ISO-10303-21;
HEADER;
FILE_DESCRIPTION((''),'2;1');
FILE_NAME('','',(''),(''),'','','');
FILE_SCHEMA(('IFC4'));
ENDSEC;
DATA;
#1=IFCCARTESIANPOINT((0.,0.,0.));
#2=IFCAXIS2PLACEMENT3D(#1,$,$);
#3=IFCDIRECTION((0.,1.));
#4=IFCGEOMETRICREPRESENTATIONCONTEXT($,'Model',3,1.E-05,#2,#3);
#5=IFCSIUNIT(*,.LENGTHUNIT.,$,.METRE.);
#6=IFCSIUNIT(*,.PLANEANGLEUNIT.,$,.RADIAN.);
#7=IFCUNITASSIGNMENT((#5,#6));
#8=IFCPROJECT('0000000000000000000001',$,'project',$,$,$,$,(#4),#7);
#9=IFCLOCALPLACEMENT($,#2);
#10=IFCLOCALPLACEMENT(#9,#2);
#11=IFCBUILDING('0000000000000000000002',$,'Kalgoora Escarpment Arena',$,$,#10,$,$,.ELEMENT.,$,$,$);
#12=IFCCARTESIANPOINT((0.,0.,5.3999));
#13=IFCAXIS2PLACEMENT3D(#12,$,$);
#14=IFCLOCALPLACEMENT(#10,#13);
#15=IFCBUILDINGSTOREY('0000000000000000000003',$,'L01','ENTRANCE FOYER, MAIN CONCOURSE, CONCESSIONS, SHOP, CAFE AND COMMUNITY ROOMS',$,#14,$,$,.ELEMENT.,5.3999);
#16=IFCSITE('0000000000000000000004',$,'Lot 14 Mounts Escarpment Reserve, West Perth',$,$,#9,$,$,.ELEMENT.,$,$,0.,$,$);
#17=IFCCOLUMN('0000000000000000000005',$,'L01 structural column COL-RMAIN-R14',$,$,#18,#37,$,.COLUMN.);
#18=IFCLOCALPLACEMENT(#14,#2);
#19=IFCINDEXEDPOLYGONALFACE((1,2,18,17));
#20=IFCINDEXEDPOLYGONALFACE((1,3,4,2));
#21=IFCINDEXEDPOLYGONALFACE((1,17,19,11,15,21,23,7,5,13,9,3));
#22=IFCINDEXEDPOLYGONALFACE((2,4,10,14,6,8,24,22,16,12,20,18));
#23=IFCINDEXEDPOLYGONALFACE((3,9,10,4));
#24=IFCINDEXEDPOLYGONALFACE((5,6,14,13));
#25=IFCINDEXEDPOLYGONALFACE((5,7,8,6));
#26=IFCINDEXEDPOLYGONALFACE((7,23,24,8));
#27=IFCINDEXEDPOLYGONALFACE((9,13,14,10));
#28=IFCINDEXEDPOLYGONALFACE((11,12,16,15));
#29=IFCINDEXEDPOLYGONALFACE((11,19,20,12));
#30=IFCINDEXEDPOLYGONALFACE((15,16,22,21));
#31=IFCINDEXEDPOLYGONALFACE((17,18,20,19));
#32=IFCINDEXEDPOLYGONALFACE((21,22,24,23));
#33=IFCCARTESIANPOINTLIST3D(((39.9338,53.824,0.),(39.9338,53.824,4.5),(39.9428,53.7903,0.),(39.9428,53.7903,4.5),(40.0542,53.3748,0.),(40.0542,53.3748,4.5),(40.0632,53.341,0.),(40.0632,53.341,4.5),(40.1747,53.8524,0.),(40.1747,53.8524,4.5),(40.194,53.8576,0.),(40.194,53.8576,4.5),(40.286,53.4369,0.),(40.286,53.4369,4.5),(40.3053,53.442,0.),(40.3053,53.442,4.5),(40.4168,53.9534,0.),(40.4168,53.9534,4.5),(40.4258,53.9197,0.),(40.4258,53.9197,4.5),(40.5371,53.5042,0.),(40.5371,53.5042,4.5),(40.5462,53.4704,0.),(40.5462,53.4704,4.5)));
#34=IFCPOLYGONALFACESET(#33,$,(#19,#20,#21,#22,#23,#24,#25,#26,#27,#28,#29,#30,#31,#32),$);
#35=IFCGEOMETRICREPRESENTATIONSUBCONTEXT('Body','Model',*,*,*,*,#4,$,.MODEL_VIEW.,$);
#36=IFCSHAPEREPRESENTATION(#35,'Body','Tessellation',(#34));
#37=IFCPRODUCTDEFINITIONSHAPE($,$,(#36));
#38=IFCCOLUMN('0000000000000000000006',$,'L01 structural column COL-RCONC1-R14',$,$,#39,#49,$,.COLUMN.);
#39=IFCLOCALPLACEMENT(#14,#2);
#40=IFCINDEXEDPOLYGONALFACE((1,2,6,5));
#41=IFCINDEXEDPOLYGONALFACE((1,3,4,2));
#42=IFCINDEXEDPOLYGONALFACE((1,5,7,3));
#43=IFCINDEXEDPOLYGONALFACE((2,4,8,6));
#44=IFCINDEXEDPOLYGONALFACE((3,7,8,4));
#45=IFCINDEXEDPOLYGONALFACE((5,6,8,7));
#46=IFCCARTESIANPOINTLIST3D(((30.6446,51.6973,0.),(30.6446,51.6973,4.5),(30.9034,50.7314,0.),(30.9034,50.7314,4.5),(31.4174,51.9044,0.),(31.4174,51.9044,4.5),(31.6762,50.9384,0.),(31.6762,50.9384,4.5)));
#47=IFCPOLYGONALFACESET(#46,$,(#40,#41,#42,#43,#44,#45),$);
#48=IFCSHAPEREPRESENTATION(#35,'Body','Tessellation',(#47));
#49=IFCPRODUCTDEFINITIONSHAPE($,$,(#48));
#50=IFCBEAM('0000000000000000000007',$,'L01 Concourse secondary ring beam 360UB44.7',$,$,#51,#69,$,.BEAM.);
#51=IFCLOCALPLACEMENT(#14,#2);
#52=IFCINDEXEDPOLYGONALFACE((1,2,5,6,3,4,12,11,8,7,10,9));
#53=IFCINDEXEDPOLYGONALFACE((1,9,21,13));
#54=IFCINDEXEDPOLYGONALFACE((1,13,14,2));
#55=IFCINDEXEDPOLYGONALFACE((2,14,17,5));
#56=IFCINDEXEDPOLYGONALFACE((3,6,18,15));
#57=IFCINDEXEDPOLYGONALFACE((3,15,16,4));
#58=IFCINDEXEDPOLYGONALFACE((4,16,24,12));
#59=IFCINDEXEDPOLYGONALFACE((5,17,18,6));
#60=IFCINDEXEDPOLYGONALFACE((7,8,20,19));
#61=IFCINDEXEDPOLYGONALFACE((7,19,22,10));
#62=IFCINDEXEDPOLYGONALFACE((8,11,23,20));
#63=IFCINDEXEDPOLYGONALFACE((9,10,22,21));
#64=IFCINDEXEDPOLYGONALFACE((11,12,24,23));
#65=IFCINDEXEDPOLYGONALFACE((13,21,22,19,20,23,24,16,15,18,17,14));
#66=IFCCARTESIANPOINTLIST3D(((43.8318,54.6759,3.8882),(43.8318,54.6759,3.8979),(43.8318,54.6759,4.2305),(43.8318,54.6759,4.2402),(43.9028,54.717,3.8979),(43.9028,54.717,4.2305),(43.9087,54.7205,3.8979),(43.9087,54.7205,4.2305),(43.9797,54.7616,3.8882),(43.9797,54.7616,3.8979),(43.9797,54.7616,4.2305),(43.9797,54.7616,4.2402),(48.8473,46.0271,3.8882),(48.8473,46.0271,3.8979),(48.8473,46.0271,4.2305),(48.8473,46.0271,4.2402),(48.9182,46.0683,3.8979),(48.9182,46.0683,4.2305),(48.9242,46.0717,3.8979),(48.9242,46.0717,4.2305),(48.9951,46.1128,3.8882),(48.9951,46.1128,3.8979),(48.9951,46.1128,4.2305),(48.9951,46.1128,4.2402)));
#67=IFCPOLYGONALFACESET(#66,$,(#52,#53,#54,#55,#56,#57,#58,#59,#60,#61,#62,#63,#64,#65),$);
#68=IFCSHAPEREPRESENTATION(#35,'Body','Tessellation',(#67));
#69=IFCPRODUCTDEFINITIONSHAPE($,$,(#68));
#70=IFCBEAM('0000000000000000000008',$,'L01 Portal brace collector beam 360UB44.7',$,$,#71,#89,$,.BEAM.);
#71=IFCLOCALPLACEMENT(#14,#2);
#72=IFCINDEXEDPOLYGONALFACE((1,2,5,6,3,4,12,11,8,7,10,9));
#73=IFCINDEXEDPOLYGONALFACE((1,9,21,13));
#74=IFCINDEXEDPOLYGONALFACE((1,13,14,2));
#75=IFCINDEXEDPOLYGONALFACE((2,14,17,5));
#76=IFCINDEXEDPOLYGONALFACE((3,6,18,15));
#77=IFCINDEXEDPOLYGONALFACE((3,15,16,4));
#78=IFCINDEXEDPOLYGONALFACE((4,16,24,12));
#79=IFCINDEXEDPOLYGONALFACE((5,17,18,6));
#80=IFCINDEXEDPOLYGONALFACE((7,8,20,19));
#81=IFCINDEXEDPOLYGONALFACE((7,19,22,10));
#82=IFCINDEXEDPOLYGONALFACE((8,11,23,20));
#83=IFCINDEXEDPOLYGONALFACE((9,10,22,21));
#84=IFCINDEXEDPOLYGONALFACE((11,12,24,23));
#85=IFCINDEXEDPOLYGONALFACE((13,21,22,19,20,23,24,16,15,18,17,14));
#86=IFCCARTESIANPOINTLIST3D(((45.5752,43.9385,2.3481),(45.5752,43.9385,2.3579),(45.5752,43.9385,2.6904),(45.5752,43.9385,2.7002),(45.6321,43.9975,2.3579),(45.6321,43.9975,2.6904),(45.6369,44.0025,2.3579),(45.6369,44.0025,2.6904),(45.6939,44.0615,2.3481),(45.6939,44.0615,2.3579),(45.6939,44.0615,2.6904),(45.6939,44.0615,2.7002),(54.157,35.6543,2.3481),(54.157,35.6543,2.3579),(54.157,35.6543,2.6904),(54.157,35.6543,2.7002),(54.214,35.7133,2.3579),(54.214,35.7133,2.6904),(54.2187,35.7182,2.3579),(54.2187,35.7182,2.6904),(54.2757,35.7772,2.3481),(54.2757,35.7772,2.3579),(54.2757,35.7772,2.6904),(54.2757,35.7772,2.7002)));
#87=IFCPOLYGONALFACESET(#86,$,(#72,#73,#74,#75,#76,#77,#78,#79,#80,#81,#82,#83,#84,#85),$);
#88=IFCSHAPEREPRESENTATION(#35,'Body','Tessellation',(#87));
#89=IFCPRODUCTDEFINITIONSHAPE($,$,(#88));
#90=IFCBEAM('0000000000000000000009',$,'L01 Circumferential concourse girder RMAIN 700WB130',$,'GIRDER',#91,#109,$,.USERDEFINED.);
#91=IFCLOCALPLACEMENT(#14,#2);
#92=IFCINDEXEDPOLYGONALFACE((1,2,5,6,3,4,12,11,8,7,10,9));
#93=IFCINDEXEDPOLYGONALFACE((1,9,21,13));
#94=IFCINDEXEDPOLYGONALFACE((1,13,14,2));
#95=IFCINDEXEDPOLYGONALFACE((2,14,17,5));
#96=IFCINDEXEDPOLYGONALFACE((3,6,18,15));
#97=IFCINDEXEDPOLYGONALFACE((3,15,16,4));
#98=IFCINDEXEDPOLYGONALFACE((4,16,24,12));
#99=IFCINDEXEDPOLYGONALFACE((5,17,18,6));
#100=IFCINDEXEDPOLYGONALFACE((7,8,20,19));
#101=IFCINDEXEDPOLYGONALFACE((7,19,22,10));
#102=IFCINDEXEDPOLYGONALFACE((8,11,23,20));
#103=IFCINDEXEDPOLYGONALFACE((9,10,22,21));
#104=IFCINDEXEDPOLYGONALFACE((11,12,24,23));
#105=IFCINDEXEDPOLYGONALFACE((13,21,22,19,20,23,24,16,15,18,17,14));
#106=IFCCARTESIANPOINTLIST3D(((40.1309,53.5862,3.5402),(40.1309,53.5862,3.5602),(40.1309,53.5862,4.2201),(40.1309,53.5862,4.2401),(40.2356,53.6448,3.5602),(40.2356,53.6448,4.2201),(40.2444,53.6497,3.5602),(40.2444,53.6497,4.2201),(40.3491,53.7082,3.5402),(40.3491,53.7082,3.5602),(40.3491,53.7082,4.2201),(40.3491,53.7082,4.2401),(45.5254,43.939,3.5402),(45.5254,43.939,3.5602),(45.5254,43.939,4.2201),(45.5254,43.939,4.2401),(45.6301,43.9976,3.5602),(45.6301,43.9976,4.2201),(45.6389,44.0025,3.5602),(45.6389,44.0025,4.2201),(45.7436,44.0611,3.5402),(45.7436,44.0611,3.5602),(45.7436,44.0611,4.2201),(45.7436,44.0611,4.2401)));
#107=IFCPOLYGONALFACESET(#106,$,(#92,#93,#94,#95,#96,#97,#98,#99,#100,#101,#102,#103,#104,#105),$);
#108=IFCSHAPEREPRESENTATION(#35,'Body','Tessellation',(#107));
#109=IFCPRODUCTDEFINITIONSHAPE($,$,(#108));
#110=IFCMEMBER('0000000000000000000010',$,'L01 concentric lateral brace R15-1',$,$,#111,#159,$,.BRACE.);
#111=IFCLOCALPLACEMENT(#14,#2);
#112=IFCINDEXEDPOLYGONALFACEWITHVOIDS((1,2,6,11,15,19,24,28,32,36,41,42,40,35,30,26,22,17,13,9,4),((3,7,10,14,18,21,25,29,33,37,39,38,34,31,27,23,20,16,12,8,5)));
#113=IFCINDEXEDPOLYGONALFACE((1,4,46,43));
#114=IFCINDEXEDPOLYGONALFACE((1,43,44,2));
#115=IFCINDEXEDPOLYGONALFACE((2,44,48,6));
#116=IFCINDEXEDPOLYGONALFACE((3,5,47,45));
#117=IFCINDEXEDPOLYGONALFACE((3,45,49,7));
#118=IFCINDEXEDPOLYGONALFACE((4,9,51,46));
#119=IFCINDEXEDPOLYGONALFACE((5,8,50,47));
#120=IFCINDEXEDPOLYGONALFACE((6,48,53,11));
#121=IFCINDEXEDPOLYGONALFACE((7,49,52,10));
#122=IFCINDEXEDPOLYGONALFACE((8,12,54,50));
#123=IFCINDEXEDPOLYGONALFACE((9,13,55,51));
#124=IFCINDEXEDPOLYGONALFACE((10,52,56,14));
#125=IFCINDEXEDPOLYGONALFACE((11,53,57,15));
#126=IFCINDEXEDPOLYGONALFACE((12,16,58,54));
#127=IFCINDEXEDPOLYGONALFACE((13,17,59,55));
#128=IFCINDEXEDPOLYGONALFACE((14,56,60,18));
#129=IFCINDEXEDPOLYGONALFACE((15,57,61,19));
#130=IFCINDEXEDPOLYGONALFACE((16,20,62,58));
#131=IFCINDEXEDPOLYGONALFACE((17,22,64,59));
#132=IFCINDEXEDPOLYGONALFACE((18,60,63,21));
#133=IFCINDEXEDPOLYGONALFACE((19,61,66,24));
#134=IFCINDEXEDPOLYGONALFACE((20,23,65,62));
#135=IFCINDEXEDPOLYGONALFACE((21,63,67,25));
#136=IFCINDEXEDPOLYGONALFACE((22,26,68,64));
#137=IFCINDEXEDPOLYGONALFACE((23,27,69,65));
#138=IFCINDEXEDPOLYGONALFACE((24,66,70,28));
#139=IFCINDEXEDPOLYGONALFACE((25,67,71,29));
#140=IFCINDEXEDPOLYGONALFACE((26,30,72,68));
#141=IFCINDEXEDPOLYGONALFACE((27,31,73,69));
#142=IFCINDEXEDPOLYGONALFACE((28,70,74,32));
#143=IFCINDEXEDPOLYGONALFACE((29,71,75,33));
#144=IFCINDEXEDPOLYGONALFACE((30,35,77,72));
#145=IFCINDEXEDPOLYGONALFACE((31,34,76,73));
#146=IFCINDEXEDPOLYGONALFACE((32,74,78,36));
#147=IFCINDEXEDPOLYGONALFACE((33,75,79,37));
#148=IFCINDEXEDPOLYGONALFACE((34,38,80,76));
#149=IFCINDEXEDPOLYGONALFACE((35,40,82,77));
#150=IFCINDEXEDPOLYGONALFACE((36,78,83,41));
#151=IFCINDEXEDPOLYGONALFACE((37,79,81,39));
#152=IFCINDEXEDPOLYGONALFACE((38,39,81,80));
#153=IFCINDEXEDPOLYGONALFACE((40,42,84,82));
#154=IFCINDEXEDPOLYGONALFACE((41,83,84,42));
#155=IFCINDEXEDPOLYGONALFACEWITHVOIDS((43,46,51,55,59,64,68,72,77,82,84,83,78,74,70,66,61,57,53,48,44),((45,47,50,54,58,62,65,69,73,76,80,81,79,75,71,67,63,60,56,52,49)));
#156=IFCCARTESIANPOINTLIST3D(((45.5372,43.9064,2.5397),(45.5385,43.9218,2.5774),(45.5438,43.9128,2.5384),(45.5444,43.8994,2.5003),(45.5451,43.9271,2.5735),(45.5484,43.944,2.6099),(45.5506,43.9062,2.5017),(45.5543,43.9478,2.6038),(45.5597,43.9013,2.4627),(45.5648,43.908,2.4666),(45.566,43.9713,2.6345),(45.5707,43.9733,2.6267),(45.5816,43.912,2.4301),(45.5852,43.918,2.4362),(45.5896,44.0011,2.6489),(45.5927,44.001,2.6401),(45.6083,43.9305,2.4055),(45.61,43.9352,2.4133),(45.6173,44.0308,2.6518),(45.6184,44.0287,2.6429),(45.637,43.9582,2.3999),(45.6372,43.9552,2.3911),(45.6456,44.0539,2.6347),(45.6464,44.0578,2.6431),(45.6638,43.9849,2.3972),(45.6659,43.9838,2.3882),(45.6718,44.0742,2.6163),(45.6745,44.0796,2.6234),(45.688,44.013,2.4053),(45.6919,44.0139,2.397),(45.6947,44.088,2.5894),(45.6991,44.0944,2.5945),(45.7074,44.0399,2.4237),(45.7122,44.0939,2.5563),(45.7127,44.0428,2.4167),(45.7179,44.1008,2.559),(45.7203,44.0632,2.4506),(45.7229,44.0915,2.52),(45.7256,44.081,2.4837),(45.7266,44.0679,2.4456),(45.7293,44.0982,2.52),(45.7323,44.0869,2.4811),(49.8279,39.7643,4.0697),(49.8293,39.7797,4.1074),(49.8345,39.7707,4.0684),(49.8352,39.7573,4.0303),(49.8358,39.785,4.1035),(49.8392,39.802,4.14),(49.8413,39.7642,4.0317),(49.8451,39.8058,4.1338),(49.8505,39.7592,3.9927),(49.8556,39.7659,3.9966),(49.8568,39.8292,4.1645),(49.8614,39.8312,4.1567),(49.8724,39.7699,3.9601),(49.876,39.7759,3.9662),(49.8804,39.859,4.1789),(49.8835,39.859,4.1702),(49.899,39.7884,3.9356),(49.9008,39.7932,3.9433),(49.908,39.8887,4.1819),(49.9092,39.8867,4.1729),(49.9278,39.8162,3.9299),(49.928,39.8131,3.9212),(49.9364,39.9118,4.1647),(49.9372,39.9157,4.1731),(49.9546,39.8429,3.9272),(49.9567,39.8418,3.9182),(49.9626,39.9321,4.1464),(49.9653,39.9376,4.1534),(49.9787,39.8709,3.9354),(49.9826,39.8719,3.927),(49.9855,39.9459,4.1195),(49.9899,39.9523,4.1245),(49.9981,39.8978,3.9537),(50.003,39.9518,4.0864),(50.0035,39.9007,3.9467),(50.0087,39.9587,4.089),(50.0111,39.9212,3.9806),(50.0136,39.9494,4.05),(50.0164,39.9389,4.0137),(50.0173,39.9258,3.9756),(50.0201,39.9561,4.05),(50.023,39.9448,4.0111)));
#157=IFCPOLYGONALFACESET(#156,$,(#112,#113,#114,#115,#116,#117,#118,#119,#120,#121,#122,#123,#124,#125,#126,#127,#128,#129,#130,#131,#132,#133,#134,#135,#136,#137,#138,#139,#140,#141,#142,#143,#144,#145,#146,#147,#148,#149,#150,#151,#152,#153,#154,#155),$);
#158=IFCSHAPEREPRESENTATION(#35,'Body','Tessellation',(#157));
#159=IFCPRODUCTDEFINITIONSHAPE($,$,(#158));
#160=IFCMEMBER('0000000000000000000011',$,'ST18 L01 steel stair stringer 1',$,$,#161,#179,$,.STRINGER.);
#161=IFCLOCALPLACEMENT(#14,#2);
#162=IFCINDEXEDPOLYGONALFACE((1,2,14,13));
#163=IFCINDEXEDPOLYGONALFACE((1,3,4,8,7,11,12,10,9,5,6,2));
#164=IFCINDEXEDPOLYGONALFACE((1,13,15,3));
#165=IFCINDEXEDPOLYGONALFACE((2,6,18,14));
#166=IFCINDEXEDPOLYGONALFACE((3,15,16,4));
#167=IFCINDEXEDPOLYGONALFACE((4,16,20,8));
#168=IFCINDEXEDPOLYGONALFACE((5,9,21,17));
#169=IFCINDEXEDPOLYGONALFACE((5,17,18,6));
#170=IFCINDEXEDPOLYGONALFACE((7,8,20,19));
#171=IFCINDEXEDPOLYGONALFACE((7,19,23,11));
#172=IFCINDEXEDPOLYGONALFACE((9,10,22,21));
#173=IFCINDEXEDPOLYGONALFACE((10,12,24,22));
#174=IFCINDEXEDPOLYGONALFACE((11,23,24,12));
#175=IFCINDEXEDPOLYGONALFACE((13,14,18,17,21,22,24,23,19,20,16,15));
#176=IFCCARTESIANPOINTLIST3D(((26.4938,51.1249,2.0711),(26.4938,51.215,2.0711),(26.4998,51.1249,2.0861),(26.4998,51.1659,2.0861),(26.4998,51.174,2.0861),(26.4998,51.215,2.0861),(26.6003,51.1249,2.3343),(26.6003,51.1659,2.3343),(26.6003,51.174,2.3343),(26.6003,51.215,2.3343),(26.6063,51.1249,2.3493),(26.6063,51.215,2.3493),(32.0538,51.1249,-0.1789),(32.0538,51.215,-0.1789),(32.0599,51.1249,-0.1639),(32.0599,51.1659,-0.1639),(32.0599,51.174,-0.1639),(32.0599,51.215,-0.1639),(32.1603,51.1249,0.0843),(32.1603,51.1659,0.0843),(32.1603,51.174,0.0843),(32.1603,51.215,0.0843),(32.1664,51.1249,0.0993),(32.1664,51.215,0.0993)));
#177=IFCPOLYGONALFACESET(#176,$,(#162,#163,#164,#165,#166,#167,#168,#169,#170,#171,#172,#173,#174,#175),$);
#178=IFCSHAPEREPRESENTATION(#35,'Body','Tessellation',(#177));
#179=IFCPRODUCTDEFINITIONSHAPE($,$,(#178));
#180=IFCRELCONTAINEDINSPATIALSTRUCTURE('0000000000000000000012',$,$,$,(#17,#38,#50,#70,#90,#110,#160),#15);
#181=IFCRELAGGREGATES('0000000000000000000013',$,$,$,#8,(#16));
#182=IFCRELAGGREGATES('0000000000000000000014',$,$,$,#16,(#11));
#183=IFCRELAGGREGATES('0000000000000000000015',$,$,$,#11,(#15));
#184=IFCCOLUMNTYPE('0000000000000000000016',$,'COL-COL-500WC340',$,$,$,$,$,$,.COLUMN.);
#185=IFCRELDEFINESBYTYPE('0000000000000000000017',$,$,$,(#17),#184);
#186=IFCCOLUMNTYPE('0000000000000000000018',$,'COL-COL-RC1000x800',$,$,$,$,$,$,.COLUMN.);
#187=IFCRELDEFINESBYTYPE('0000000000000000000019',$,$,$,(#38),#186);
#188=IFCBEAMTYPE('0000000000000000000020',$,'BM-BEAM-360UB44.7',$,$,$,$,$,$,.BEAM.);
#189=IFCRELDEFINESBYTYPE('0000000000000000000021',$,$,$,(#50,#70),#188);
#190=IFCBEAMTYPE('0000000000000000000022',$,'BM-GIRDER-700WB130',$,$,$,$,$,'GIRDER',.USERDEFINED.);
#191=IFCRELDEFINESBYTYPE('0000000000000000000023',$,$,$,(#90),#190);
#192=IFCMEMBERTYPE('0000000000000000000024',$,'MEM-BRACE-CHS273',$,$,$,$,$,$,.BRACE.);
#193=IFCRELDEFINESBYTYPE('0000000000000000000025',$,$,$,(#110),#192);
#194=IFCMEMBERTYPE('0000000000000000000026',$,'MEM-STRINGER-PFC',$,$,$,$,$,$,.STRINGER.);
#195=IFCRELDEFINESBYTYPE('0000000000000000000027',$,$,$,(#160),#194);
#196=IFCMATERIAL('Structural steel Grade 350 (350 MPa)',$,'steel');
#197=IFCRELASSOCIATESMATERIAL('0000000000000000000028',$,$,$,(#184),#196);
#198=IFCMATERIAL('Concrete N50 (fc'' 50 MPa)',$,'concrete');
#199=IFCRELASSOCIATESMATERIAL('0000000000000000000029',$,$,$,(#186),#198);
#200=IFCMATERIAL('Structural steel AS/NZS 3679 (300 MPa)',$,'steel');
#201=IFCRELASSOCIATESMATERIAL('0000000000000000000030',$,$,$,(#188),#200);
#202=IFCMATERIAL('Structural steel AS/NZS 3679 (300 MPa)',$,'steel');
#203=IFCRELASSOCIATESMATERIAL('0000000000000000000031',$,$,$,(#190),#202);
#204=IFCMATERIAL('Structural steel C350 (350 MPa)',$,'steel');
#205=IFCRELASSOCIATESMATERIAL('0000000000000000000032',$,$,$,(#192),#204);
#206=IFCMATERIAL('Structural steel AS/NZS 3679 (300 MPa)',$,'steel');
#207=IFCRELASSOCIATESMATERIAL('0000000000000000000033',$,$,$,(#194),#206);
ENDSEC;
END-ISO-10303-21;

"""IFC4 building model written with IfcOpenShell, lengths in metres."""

from ifc_helpers import new_model, si_unit, direction, frame, origin, origin_2d, place, context, subcontext, project, spatial, rectangle, hollow_circle, i_section, extrude, material, material_profile, profile_set, type_object, element, save


model = new_model("IFC4")

# Units and contexts
model_context = context("Model", 3, precision=1e-05, world=origin(), true_north=direction((0.0, 1.0)))
body_context = subcontext(model_context, "Body", "Model", "MODEL_VIEW")
ifc_project = project(units=[si_unit("LENGTHUNIT", "METRE"), si_unit("PLANEANGLEUNIT", "RADIAN")], contexts=[model_context])

# Site, building, storey
site_placement = place(None, origin())
site = spatial("IfcSite", under=ifc_project, at=site_placement, Name="Lot 14 Mounts Escarpment Reserve, West Perth", CompositionType="ELEMENT", RefElevation=0.0)
building_placement = place(site_placement, origin())
building = spatial("IfcBuilding", under=site, at=building_placement, Name="Kalgoora Escarpment Arena", CompositionType="ELEMENT")
storey_placement = place(building_placement, frame((0.0, 0.0, 5.3999)))
storey = spatial("IfcBuildingStorey", under=building, at=storey_placement, Name="L01", Description="ENTRANCE FOYER, MAIN CONCOURSE, CONCESSIONS, SHOP, CAFE AND COMMUNITY ROOMS", CompositionType="ELEMENT", Elevation=5.3999)

# Columns
ifc_material_1 = material(Name="Structural steel Grade 350 (350 MPa)", Category="steel")
ifc_material_profile_1 = material_profile(ifc_material_1, i_section(OverallWidth=0.5, OverallDepth=0.5, WebThickness=0.02, FlangeThickness=0.0349, at=origin_2d()))
ifc_profile_set_1 = profile_set([ifc_material_profile_1], Name="Structural steel Grade 350 (350 MPa)")
column_type_1 = type_object("IfcColumnType", Name="COL-COL-500WC340", PredefinedType="COLUMN", material=ifc_profile_set_1)
column_1_placement = place(storey_placement, frame((40.24, 53.6472, 0.0), z_axis=(0.0, 0.0, 1.0), x_axis=(-0.965926, -0.258819, 0.0)))
element("IfcColumn", 1, at=column_1_placement, inside=storey, type_object=column_type_1, Name="L01 structural column COL-RMAIN-R14", PredefinedType="COLUMN", context=body_context, shape_type="SweptSolid", body=[
    extrude(i_section(OverallWidth=0.5, OverallDepth=0.5, WebThickness=0.02, FlangeThickness=0.0349, at=origin_2d()), origin(), (0.0, 0.0, 1.0), 4.5),
])
ifc_material_2 = material(Name="Concrete N50 (fc' 50 MPa)", Category="concrete")
ifc_material_profile_2 = material_profile(ifc_material_2, rectangle(XDim=0.8, YDim=1.0, at=origin_2d()))
ifc_profile_set_2 = profile_set([ifc_material_profile_2], Name="Concrete N50 (fc' 50 MPa)")
column_type_2 = type_object("IfcColumnType", Name="COL-COL-RC1000x800", PredefinedType="COLUMN", material=ifc_profile_set_2)
column_2_placement = place(storey_placement, frame((31.1604, 51.3179, 0.0), z_axis=(0.0, 0.0, 1.0), x_axis=(-0.965926, -0.258819, 0.0)))
element("IfcColumn", 2, at=column_2_placement, inside=storey, type_object=column_type_2, Name="L01 structural column COL-RCONC1-R14", PredefinedType="COLUMN", context=body_context, shape_type="SweptSolid", body=[
    extrude(rectangle(XDim=0.8, YDim=1.0, at=origin_2d()), origin(), (0.0, 0.0, 1.0), 4.5),
])

# Beams
ifc_material_3 = material(Name="Structural steel AS/NZS 3679 (300 MPa)", Category="steel")
ifc_material_profile_3 = material_profile(ifc_material_3, i_section(OverallWidth=0.1709, OverallDepth=0.3521, WebThickness=0.0068, FlangeThickness=0.0098, at=origin_2d()))
ifc_profile_set_3 = profile_set([ifc_material_profile_3], Name="Structural steel AS/NZS 3679 (300 MPa)")
beam_type_1 = type_object("IfcBeamType", Name="BM-BEAM-360UB44.7", PredefinedType="BEAM", material=ifc_profile_set_3)
beam_1_placement = place(storey_placement, frame((43.9058, 54.7188, 4.0642), z_axis=(0.501654, -0.865068, 0.0), x_axis=(0.865068, 0.501654, 0.0)))
element("IfcBeam", 3, at=beam_1_placement, inside=storey, type_object=beam_type_1, Name="L01 Concourse secondary ring beam 360UB44.7", PredefinedType="BEAM", context=body_context, shape_type="SweptSolid", body=[
    extrude(i_section(OverallWidth=0.1709, OverallDepth=0.3521, WebThickness=0.0068, FlangeThickness=0.0098, at=origin_2d()), origin(), (0.0, 0.0, 1.0), 9.9978),
])
beam_2_placement = place(storey_placement, frame((45.6345, 44.0, 2.5242), z_axis=(0.719472, -0.694521, 0.0), x_axis=(0.694521, 0.719472, 0.0)))
element("IfcBeam", 4, at=beam_2_placement, inside=storey, type_object=beam_type_1, Name="L01 Portal brace collector beam 360UB44.7", PredefinedType="BEAM", context=body_context, shape_type="SweptSolid", body=[
    extrude(i_section(OverallWidth=0.1709, OverallDepth=0.3521, WebThickness=0.0068, FlangeThickness=0.0098, at=origin_2d()), origin(), (0.0, 0.0, 1.0), 11.928),
])
ifc_material_4 = material(Name="Structural steel AS/NZS 3679 (300 MPa)", Category="steel")
ifc_material_profile_4 = material_profile(ifc_material_4, i_section(OverallWidth=0.25, OverallDepth=0.7, WebThickness=0.01, FlangeThickness=0.02, at=origin_2d()))
ifc_profile_set_4 = profile_set([ifc_material_profile_4], Name="Structural steel AS/NZS 3679 (300 MPa)")
beam_type_2 = type_object("IfcBeamType", Name="BM-GIRDER-700WB130", ElementType="GIRDER", PredefinedType="USERDEFINED", material=ifc_profile_set_4)
beam_3_placement = place(storey_placement, frame((40.24, 53.6472, 3.8901), z_axis=(0.488058, -0.872811, 0.0), x_axis=(0.872811, 0.488058, 0.0)))
element("IfcBeam", 5, at=beam_3_placement, inside=storey, type_object=beam_type_2, Name="L01 Circumferential concourse girder RMAIN 700WB130", ObjectType="GIRDER", PredefinedType="USERDEFINED", context=body_context, shape_type="SweptSolid", body=[
    extrude(i_section(OverallWidth=0.25, OverallDepth=0.7, WebThickness=0.01, FlangeThickness=0.02, at=origin_2d()), origin(), (0.0, 0.0, 1.0), 11.053),
])

# Members
ifc_material_5 = material(Name="Structural steel C350 (350 MPa)", Category="steel")
ifc_material_profile_5 = material_profile(ifc_material_5, hollow_circle(Radius=0.1365, WallThickness=0.0093, at=origin_2d()))
ifc_profile_set_5 = profile_set([ifc_material_profile_5], Name="Structural steel C350 (350 MPa)")
member_type_1 = type_object("IfcMemberType", Name="MEM-BRACE-CHS273", PredefinedType="BRACE", material=ifc_profile_set_5)
member_placement = place(storey_placement, frame((45.6345, 44.0, 2.52), z_axis=(0.696893, -0.672745, 0.248503), x_axis=(0.694532, 0.719462, 0.0)))
element("IfcMember", 6, at=member_placement, inside=storey, type_object=member_type_1, Name="L01 concentric lateral brace R15-1", PredefinedType="BRACE", context=body_context, shape_type="SweptSolid", body=[
    extrude(hollow_circle(Radius=0.1365, WallThickness=0.0093, at=origin_2d()), origin(), (0.0, 0.0, 1.0), 6.157),
])
ifc_material_6 = material(Name="Structural steel AS/NZS 3679 (300 MPa)", Category="steel")
ifc_material_profile_6 = material_profile(ifc_material_6, i_section(OverallWidth=0.0901, OverallDepth=0.3, WebThickness=0.0081, FlangeThickness=0.0161, at=origin_2d()))
ifc_profile_set_6 = profile_set([ifc_material_profile_6], Name="Structural steel AS/NZS 3679 (300 MPa)")
member_type_2 = type_object("IfcMemberType", Name="MEM-STRINGER-PFC", PredefinedType="STRINGER", material=ifc_profile_set_6)
for number, where, z_axis, x_axis, name in (
    (7, (32.1101, 51.1699, -0.0398), (-0.926976, 0.0, 0.375121), (0.0, -1.0, 0.0), "ST18 L01 steel stair stringer 1"),
):
    element("IfcMember", number, at=place(storey_placement, frame(where, z_axis=z_axis, x_axis=x_axis)), inside=storey, type_object=member_type_2, Name=name, PredefinedType="STRINGER", context=body_context, shape_type="SweptSolid", body=[
        extrude(i_section(OverallWidth=0.0901, OverallDepth=0.3, WebThickness=0.0081, FlangeThickness=0.0161, at=origin_2d()), origin(), (0.0, 0.0, 1.0), 5.998),
    ])

save(model, "model.ifc")
